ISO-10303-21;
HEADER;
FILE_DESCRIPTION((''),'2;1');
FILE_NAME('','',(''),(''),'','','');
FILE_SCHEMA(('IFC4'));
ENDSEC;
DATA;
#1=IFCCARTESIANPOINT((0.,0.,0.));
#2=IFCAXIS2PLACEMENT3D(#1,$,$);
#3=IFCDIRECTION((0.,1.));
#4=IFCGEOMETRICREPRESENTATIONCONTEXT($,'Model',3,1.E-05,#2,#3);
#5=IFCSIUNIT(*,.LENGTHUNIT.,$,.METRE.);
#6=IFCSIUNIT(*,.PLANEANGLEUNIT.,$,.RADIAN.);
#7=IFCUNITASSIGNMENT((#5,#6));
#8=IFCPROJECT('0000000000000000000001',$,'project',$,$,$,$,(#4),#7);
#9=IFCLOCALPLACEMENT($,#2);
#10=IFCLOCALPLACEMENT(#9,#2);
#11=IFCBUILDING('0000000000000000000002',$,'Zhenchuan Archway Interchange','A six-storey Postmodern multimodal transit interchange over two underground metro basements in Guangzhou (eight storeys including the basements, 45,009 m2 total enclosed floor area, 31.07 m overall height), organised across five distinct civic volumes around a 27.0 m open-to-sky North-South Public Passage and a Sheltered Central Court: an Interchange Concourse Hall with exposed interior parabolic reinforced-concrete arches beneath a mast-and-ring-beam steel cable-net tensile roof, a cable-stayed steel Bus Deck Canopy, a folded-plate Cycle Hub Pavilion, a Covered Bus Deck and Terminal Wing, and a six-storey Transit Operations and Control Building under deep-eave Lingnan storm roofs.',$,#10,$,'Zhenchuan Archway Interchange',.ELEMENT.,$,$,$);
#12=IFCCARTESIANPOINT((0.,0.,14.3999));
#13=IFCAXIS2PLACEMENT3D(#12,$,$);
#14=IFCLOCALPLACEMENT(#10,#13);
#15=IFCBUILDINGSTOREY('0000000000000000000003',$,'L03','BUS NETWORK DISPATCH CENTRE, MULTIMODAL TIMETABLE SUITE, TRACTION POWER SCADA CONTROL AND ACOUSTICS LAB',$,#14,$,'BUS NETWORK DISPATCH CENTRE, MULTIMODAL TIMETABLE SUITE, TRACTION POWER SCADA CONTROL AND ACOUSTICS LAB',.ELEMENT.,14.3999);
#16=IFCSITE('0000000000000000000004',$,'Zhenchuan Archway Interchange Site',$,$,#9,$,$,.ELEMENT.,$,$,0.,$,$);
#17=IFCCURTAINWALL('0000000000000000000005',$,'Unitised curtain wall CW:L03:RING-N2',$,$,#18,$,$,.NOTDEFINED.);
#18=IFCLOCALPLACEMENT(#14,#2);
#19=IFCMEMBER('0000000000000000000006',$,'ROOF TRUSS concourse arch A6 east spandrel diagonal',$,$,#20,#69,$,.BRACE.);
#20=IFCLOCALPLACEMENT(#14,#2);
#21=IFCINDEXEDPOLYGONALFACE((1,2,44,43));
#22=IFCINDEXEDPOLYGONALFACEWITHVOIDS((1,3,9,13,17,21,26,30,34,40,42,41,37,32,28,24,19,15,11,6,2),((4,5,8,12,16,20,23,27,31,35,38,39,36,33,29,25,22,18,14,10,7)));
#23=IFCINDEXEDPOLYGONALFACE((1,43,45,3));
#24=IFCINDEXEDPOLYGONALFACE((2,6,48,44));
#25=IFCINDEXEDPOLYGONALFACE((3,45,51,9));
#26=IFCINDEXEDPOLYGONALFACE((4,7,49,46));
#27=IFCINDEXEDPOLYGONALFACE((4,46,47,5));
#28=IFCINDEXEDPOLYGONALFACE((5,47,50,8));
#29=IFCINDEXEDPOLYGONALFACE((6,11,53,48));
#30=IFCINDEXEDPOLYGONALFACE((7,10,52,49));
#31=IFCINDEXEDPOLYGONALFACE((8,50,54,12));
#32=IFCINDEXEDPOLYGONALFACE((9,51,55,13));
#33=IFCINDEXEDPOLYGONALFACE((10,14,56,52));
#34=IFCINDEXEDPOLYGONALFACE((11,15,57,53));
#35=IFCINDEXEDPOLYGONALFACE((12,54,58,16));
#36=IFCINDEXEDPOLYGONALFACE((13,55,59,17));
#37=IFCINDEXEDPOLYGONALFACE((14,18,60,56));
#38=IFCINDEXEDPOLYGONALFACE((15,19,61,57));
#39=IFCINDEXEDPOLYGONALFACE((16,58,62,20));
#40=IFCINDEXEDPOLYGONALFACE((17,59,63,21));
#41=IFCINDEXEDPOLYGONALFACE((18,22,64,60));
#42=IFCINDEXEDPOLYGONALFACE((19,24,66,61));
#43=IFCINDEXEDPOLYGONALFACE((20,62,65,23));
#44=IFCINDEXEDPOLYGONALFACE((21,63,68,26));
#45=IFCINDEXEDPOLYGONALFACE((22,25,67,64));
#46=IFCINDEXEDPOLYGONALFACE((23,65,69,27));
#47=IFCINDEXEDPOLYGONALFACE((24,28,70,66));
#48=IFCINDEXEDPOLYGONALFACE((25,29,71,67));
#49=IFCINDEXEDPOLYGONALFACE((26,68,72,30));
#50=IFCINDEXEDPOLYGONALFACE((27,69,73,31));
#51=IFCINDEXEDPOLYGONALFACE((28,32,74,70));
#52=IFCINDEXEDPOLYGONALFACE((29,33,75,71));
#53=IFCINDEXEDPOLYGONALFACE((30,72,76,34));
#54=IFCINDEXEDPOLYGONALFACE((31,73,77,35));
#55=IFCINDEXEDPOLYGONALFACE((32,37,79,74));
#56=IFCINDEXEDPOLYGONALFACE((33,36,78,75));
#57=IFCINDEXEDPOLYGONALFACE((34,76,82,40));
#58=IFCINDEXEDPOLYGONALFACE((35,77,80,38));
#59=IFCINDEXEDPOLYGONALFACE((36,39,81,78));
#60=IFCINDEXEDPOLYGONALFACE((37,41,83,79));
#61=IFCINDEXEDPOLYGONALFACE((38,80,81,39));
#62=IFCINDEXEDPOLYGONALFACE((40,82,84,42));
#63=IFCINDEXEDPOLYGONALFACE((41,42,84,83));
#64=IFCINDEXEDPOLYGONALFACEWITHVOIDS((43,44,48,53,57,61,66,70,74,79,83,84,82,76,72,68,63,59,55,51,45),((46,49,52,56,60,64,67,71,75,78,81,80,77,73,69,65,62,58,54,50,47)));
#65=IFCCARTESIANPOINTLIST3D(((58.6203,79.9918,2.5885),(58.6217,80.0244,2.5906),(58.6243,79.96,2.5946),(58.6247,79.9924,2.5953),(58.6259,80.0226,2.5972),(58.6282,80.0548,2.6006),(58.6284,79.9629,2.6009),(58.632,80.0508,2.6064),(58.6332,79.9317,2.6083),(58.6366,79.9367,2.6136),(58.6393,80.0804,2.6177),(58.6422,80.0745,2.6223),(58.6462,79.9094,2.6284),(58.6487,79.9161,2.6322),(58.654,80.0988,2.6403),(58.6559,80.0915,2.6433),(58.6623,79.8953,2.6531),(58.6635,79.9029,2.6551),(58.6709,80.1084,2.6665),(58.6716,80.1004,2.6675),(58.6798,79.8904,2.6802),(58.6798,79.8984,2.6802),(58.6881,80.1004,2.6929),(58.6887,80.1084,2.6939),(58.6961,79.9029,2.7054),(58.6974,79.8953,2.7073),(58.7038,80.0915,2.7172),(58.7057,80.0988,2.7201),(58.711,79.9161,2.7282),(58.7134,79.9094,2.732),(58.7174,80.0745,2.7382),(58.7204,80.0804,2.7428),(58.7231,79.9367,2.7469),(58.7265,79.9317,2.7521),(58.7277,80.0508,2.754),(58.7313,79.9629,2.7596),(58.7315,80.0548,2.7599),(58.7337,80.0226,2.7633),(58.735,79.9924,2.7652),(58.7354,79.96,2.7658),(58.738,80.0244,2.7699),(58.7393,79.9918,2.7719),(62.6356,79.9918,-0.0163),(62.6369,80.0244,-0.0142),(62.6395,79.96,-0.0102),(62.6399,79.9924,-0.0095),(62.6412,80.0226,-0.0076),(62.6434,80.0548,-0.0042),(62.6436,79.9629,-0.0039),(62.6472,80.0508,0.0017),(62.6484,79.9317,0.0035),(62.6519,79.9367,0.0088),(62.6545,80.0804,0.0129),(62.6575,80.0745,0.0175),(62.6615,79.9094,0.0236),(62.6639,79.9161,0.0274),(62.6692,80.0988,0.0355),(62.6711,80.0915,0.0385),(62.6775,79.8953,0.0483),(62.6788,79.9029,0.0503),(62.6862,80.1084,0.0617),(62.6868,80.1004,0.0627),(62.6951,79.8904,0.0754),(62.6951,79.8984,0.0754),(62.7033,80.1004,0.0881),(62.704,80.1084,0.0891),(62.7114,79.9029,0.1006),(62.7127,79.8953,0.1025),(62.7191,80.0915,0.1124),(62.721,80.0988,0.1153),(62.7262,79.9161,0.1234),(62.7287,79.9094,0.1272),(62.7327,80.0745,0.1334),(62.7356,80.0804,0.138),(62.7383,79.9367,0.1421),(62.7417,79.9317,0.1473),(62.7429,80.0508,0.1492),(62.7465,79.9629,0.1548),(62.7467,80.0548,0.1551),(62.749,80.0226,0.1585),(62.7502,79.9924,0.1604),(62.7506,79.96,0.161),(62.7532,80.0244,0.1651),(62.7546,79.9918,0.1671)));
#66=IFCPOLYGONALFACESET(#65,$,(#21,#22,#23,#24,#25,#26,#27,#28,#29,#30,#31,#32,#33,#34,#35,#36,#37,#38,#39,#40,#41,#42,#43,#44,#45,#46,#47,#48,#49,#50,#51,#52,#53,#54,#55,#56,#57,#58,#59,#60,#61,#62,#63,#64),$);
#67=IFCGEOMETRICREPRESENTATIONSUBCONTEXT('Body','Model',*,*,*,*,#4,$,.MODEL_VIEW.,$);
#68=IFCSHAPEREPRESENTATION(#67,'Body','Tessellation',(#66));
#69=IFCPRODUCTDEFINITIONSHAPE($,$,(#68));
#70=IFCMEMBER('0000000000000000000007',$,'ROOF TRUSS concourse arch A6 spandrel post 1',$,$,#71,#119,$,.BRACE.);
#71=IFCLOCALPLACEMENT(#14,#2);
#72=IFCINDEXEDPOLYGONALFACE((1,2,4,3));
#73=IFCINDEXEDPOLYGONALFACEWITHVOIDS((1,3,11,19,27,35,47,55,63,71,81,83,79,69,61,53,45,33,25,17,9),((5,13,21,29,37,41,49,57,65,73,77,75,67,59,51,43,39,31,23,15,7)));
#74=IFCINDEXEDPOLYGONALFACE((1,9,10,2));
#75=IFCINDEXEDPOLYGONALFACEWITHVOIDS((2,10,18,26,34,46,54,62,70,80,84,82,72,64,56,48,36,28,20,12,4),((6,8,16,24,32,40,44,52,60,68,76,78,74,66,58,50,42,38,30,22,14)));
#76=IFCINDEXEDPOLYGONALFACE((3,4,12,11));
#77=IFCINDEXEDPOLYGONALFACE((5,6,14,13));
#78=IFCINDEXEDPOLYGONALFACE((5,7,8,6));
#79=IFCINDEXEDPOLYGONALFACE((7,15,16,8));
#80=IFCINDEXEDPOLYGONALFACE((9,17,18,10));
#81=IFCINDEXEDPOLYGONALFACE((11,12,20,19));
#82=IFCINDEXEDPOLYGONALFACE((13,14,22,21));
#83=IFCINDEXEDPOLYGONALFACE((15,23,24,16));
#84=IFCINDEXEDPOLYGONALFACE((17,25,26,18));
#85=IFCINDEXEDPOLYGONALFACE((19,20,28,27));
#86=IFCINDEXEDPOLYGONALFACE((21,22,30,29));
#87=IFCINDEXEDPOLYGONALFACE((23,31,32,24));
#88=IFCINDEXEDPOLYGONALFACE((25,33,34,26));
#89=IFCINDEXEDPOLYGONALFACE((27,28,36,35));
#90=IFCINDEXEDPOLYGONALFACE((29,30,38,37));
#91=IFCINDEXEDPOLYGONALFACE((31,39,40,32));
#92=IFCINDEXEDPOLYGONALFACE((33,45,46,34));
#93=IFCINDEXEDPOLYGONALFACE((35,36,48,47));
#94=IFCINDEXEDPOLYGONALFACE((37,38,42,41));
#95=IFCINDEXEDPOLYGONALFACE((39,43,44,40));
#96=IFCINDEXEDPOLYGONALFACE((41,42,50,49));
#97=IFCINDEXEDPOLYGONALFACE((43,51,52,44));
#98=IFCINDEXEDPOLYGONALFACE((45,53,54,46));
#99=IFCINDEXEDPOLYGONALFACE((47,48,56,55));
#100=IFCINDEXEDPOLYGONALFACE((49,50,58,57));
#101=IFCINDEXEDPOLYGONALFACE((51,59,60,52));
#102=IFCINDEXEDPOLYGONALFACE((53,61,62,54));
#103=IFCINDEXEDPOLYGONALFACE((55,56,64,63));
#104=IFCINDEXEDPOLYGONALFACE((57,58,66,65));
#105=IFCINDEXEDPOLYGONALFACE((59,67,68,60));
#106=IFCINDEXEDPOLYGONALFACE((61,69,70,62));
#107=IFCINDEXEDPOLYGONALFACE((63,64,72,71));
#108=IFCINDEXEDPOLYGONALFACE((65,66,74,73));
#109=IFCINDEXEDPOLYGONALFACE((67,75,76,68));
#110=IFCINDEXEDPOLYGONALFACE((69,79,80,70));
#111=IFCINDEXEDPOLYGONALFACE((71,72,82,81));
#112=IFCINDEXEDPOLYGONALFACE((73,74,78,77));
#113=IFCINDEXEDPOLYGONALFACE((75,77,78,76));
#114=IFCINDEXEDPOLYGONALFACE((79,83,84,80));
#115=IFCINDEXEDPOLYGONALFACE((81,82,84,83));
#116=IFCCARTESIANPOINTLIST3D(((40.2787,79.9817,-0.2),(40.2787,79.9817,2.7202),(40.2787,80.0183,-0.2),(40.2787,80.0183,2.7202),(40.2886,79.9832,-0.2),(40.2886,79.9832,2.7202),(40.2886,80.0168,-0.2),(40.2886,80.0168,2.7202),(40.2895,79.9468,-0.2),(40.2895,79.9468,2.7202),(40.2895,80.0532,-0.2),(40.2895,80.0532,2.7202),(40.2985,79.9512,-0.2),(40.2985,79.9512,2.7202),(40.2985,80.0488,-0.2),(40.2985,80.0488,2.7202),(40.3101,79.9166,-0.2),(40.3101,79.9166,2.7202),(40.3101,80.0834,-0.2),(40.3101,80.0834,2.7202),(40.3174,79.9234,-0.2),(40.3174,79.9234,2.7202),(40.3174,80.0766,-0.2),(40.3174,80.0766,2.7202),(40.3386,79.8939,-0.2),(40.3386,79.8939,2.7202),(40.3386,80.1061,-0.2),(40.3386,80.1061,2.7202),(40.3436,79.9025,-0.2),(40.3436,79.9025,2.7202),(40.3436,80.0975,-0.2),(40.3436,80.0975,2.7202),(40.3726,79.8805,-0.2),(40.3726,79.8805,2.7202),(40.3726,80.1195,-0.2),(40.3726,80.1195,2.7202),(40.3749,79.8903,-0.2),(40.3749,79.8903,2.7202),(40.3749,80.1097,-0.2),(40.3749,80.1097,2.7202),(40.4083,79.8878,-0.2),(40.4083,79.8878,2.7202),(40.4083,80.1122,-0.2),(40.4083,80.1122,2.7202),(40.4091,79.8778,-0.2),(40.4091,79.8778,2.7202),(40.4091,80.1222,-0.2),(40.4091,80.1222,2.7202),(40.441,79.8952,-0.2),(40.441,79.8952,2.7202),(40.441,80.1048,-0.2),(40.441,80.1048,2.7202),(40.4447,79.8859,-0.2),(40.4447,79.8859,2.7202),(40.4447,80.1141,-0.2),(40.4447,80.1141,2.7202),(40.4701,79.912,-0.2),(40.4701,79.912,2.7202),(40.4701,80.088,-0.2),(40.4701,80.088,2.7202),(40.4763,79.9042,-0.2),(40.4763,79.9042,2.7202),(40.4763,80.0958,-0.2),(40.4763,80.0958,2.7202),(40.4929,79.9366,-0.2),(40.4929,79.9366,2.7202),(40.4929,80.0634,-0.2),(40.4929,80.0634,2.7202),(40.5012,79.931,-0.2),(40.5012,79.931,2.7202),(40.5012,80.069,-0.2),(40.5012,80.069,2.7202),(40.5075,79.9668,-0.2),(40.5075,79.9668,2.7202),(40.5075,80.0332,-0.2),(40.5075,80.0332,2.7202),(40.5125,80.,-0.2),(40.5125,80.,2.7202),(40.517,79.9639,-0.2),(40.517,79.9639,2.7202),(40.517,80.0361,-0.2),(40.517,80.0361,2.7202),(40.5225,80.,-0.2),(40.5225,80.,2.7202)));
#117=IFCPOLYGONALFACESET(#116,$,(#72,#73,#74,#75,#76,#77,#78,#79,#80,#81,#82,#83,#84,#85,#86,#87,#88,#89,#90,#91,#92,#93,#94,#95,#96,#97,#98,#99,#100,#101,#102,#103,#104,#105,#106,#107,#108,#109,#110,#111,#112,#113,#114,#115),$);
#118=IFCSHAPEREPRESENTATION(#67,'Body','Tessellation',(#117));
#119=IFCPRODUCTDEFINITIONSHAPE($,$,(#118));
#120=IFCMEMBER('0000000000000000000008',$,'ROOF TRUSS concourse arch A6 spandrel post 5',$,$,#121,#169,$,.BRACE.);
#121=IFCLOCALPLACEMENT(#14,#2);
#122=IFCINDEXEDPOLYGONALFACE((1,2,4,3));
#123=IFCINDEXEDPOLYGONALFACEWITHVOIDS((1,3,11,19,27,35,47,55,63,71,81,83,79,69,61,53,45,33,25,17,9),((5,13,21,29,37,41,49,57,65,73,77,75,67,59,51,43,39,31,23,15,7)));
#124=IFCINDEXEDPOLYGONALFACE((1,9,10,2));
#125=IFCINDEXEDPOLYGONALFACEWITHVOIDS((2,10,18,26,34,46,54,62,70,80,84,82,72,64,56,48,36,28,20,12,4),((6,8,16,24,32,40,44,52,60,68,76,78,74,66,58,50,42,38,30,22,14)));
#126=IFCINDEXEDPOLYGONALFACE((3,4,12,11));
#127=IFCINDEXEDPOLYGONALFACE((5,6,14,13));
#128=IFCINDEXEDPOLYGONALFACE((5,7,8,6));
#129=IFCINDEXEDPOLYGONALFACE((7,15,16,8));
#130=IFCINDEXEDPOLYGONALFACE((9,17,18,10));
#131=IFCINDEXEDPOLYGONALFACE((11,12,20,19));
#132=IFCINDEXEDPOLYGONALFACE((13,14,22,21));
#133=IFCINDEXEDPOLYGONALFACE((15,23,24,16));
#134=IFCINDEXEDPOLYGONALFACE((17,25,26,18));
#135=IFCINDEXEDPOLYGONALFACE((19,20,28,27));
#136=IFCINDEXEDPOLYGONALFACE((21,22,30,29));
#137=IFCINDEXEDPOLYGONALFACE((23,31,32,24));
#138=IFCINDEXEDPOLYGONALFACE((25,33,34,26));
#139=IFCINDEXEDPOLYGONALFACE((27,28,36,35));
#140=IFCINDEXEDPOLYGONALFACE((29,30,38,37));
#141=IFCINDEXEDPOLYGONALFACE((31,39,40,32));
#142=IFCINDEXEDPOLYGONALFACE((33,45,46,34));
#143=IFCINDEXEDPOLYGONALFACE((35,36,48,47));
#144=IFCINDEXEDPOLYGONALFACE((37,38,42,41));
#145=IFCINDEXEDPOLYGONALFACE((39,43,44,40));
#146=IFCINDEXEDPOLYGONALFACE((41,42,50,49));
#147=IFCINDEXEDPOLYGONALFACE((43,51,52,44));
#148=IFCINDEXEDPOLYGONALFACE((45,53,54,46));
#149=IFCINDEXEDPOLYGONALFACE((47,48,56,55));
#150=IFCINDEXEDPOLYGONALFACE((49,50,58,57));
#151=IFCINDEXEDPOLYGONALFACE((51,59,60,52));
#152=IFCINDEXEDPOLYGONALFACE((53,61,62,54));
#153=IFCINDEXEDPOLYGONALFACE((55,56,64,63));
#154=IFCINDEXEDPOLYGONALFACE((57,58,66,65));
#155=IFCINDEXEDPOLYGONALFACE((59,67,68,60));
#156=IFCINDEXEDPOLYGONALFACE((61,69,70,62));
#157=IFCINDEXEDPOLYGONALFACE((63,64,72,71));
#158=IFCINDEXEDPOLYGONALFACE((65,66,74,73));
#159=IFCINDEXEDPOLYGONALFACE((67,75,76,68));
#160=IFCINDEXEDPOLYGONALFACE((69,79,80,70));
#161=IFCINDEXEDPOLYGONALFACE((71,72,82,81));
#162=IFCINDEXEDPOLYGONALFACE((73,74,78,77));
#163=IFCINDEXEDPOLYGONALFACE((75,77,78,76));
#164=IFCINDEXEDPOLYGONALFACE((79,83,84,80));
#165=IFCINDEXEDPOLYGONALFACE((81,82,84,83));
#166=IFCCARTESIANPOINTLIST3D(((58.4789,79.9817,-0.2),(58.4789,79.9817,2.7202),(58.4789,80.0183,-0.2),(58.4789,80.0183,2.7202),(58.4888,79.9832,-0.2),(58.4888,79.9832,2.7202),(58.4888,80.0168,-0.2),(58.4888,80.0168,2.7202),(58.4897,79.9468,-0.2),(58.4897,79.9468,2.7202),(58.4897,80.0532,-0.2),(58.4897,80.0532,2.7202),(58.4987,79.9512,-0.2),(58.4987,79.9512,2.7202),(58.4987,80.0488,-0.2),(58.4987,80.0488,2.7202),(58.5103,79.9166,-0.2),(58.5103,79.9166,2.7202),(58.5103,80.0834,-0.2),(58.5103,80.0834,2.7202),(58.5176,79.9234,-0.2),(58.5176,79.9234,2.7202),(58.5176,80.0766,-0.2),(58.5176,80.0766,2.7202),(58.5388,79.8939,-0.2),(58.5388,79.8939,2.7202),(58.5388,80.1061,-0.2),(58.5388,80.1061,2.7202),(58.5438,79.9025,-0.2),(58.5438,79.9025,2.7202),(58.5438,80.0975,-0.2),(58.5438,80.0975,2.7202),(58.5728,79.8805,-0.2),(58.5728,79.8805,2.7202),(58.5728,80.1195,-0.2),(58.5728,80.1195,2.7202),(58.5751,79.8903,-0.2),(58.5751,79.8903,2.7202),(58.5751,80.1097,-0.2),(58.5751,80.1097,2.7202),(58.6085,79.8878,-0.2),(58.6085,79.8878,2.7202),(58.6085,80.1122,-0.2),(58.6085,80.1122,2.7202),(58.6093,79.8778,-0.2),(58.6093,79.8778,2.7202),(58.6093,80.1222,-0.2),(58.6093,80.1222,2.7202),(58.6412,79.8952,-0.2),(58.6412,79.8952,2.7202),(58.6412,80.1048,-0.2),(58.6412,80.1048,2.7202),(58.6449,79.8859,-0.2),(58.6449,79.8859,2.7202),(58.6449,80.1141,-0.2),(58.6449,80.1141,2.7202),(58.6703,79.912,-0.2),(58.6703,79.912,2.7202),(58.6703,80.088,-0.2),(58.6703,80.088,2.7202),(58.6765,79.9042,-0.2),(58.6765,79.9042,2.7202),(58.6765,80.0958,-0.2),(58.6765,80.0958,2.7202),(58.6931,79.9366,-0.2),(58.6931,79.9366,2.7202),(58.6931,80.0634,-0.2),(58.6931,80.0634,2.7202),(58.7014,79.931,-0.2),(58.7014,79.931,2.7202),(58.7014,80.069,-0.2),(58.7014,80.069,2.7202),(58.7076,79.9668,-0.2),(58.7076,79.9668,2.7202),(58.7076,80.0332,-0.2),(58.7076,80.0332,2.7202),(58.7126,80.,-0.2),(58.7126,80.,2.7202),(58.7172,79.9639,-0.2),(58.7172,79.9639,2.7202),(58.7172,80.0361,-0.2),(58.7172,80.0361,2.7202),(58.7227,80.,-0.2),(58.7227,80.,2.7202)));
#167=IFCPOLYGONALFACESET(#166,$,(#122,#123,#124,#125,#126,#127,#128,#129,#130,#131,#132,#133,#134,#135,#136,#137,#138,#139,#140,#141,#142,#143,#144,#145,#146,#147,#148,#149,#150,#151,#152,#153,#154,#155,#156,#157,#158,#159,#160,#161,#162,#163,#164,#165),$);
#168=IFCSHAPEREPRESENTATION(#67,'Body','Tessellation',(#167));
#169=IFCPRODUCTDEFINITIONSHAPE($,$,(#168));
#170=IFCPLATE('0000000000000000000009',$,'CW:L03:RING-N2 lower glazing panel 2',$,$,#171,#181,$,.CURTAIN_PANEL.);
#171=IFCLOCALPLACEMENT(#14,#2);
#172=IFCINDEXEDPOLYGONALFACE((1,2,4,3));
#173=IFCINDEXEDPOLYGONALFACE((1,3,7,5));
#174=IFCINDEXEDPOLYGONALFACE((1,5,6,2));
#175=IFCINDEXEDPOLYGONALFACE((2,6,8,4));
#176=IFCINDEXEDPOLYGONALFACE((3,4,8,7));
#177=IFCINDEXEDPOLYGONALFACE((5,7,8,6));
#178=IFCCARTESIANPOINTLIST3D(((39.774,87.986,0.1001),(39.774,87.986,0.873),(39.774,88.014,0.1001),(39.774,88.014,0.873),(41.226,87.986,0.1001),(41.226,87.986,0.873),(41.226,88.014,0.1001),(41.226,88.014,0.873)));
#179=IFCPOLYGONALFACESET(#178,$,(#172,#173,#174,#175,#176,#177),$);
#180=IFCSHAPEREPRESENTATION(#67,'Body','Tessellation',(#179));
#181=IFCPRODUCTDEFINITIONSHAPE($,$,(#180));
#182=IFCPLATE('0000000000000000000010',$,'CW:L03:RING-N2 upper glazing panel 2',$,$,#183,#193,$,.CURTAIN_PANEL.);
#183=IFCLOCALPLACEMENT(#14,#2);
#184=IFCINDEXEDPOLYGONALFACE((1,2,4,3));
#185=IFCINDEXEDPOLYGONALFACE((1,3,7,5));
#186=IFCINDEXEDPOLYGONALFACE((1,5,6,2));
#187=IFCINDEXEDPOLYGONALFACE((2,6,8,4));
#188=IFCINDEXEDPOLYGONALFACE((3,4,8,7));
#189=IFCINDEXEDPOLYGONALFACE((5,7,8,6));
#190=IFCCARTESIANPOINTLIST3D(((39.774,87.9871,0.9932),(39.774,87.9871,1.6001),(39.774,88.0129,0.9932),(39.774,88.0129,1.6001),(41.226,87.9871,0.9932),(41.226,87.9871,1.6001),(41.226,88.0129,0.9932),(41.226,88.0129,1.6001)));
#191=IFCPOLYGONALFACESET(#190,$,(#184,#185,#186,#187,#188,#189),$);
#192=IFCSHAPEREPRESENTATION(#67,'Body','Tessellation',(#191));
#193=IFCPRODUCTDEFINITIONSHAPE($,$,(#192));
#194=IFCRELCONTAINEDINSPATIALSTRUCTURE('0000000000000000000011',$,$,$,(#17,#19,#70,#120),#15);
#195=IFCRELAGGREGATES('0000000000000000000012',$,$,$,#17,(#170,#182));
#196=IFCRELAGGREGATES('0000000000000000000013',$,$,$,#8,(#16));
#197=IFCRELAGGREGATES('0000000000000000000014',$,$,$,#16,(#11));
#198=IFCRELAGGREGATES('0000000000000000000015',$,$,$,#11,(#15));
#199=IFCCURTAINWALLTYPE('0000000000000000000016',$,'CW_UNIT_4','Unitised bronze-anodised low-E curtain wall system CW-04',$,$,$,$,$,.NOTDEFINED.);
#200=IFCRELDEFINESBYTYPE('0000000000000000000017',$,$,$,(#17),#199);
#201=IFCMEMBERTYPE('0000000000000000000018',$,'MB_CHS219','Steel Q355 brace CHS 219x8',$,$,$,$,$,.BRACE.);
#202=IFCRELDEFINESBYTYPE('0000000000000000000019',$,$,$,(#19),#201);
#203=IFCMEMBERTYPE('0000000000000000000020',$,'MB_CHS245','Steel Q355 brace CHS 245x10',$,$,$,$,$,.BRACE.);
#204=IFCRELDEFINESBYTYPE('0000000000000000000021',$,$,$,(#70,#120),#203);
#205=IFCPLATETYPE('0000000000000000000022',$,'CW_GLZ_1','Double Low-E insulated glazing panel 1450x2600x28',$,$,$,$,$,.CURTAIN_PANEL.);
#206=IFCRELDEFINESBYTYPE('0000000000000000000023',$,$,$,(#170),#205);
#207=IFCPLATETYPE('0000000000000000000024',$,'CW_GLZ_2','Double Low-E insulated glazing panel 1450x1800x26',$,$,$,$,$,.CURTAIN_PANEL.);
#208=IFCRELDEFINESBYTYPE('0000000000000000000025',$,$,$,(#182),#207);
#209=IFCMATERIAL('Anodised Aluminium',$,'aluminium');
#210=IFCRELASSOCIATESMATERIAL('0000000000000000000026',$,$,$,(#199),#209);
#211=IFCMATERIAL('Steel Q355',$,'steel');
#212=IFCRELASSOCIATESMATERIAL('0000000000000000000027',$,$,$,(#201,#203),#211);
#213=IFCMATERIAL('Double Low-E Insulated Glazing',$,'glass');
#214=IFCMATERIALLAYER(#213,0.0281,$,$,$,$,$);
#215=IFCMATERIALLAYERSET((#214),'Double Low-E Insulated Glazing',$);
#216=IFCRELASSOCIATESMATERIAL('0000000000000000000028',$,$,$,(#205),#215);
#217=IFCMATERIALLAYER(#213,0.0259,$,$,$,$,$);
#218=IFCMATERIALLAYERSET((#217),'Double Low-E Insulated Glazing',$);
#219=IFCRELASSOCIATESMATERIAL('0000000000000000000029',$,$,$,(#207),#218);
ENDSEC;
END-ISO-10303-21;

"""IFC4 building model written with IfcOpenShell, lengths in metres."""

from ifc_helpers import new_model, si_unit, direction, frame, origin, origin_2d, place, context, subcontext, project, spatial, rectangle, hollow_circle, extrude, material, layer, layer_set, material_profile, profile_set, type_object, element, aggregate, save


model = new_model("IFC4")

# Units and contexts
model_context = context("Model", 3, precision=1e-05, world=origin(), true_north=direction((0.0, 1.0)))
body_context = subcontext(model_context, "Body", "Model", "MODEL_VIEW")
ifc_project = project(units=[si_unit("LENGTHUNIT", "METRE"), si_unit("PLANEANGLEUNIT", "RADIAN")], contexts=[model_context])

# Site, building, storey
site_placement = place(None, origin())
site = spatial("IfcSite", under=ifc_project, at=site_placement, Name="Zhenchuan Archway Interchange Site", CompositionType="ELEMENT", RefElevation=0.0)
building_placement = place(site_placement, origin())
building = spatial("IfcBuilding", under=site, at=building_placement, Name="Zhenchuan Archway Interchange", Description="A six-storey Postmodern multimodal transit interchange over two underground metro basements in Guangzhou (eight storeys including the basements, 45,009 m2 total enclosed floor area, 31.07 m overall height), organised across five distinct civic volumes around a 27.0 m open-to-sky North-South Public Passage and a Sheltered Central Court: an Interchange Concourse Hall with exposed interior parabolic reinforced-concrete arches beneath a mast-and-ring-beam steel cable-net tensile roof, a cable-stayed steel Bus Deck Canopy, a folded-plate Cycle Hub Pavilion, a Covered Bus Deck and Terminal Wing, and a six-storey Transit Operations and Control Building under deep-eave Lingnan storm roofs.", LongName="Zhenchuan Archway Interchange", CompositionType="ELEMENT")
storey_placement = place(building_placement, frame((0.0, 0.0, 14.3999)))
storey = spatial("IfcBuildingStorey", under=building, at=storey_placement, Name="L03", Description="BUS NETWORK DISPATCH CENTRE, MULTIMODAL TIMETABLE SUITE, TRACTION POWER SCADA CONTROL AND ACOUSTICS LAB", LongName="BUS NETWORK DISPATCH CENTRE, MULTIMODAL TIMETABLE SUITE, TRACTION POWER SCADA CONTROL AND ACOUSTICS LAB", CompositionType="ELEMENT", Elevation=14.3999)

# Shared definitions
ifc_material_1 = material(Name="Steel Q355", Category="steel")

# Curtain wall
ifc_material_2 = material(Name="Anodised Aluminium", Category="aluminium")
curtain_wall_type = type_object("IfcCurtainWallType", Name="CW_UNIT_4", Description="Unitised bronze-anodised low-E curtain wall system CW-04", PredefinedType="NOTDEFINED", material=ifc_material_2)
curtain_wall_placement = place(storey_placement, origin())
curtain_wall = element("IfcCurtainWall", 1, at=curtain_wall_placement, inside=storey, type_object=curtain_wall_type, Name="Unitised curtain wall CW:L03:RING-N2", PredefinedType="NOTDEFINED")

# Members
ifc_material_profile_1 = material_profile(ifc_material_1, hollow_circle(Radius=0.1096, WallThickness=0.0081, at=origin_2d()), Name="CHS 219x8")
ifc_profile_set_1 = profile_set([ifc_material_profile_1], Name="Steel Q355")
member_type_1 = type_object("IfcMemberType", Name="MB_CHS219", Description="Steel Q355 brace CHS 219x8", PredefinedType="BRACE", material=ifc_profile_set_1)
member_1_placement = place(storey_placement, frame((62.6951, 80.0, 0.0754), z_axis=(-0.83893, 0.0, 0.544239), x_axis=(0.0, -1.0, 0.0)))
element("IfcMember", 2, at=member_1_placement, inside=storey, type_object=member_type_1, Name="ROOF TRUSS concourse arch A6 east spandrel diagonal", PredefinedType="BRACE", context=body_context, shape_type="SweptSolid", body=[
    extrude(hollow_circle(Radius=0.1096, WallThickness=0.0081, at=origin_2d()), origin(), (0.0, 0.0, 1.0), 4.7861),
])
ifc_material_profile_2 = material_profile(ifc_material_1, hollow_circle(Radius=0.1226, WallThickness=0.01, at=origin_2d()), Name="CHS 245x10")
ifc_profile_set_2 = profile_set([ifc_material_profile_2], Name="Steel Q355")
member_type_2 = type_object("IfcMemberType", Name="MB_CHS245", Description="Steel Q355 brace CHS 245x10", PredefinedType="BRACE", material=ifc_profile_set_2)
for number, where, z_axis, x_axis, name in (
    (3, (40.3999, 80.0, -0.2), (0.0, 0.0, 1.0), (1.0, 0.0, 0.0), "ROOF TRUSS concourse arch A6 spandrel post 1"),
    (4, (58.6001, 80.0, -0.2), (0.0, 0.0, 1.0), (1.0, 0.0, 0.0), "ROOF TRUSS concourse arch A6 spandrel post 5"),
):
    element("IfcMember", number, at=place(storey_placement, frame(where, z_axis=z_axis, x_axis=x_axis)), inside=storey, type_object=member_type_2, Name=name, PredefinedType="BRACE", context=body_context, shape_type="SweptSolid", body=[
        extrude(hollow_circle(Radius=0.1226, WallThickness=0.01, at=origin_2d()), origin(), (0.0, 0.0, 1.0), 2.9202),
    ])

# Plates
ifc_material_3 = material(Name="Double Low-E Insulated Glazing", Category="glass")
ifc_layer_1 = layer(ifc_material_3, 0.0281)
ifc_layer_set_1 = layer_set([ifc_layer_1], Name="Double Low-E Insulated Glazing")
plate_type_1 = type_object("IfcPlateType", Name="CW_GLZ_1", Description="Double Low-E insulated glazing panel 1450x2600x28", PredefinedType="CURTAIN_PANEL", material=ifc_layer_set_1)
plate_1_placement = place(storey_placement, frame((40.5, 88.0, 0.1001), z_axis=(0.0, 0.0, 1.0), x_axis=(1.0, 0.0, 0.0)))
plate_1 = element("IfcPlate", 5, at=plate_1_placement, type_object=plate_type_1, Name="CW:L03:RING-N2 lower glazing panel 2", PredefinedType="CURTAIN_PANEL", context=body_context, shape_type="SweptSolid", body=[
    extrude(rectangle(XDim=1.4519, YDim=0.0281, at=origin_2d()), origin(), (0.0, 0.0, 1.0), 0.7729),
])
ifc_layer_2 = layer(ifc_material_3, 0.0259)
ifc_layer_set_2 = layer_set([ifc_layer_2], Name="Double Low-E Insulated Glazing")
plate_type_2 = type_object("IfcPlateType", Name="CW_GLZ_2", Description="Double Low-E insulated glazing panel 1450x1800x26", PredefinedType="CURTAIN_PANEL", material=ifc_layer_set_2)
plate_2_placement = place(storey_placement, frame((40.5, 88.0, 0.9932), z_axis=(0.0, 0.0, 1.0), x_axis=(1.0, 0.0, 0.0)))
plate_2 = element("IfcPlate", 6, at=plate_2_placement, type_object=plate_type_2, Name="CW:L03:RING-N2 upper glazing panel 2", PredefinedType="CURTAIN_PANEL", context=body_context, shape_type="SweptSolid", body=[
    extrude(rectangle(XDim=1.4519, YDim=0.0259, at=origin_2d()), origin(), (0.0, 0.0, 1.0), 0.6069),
])
aggregate(curtain_wall, [plate_1, plate_2])

save(model, "model.ifc")
